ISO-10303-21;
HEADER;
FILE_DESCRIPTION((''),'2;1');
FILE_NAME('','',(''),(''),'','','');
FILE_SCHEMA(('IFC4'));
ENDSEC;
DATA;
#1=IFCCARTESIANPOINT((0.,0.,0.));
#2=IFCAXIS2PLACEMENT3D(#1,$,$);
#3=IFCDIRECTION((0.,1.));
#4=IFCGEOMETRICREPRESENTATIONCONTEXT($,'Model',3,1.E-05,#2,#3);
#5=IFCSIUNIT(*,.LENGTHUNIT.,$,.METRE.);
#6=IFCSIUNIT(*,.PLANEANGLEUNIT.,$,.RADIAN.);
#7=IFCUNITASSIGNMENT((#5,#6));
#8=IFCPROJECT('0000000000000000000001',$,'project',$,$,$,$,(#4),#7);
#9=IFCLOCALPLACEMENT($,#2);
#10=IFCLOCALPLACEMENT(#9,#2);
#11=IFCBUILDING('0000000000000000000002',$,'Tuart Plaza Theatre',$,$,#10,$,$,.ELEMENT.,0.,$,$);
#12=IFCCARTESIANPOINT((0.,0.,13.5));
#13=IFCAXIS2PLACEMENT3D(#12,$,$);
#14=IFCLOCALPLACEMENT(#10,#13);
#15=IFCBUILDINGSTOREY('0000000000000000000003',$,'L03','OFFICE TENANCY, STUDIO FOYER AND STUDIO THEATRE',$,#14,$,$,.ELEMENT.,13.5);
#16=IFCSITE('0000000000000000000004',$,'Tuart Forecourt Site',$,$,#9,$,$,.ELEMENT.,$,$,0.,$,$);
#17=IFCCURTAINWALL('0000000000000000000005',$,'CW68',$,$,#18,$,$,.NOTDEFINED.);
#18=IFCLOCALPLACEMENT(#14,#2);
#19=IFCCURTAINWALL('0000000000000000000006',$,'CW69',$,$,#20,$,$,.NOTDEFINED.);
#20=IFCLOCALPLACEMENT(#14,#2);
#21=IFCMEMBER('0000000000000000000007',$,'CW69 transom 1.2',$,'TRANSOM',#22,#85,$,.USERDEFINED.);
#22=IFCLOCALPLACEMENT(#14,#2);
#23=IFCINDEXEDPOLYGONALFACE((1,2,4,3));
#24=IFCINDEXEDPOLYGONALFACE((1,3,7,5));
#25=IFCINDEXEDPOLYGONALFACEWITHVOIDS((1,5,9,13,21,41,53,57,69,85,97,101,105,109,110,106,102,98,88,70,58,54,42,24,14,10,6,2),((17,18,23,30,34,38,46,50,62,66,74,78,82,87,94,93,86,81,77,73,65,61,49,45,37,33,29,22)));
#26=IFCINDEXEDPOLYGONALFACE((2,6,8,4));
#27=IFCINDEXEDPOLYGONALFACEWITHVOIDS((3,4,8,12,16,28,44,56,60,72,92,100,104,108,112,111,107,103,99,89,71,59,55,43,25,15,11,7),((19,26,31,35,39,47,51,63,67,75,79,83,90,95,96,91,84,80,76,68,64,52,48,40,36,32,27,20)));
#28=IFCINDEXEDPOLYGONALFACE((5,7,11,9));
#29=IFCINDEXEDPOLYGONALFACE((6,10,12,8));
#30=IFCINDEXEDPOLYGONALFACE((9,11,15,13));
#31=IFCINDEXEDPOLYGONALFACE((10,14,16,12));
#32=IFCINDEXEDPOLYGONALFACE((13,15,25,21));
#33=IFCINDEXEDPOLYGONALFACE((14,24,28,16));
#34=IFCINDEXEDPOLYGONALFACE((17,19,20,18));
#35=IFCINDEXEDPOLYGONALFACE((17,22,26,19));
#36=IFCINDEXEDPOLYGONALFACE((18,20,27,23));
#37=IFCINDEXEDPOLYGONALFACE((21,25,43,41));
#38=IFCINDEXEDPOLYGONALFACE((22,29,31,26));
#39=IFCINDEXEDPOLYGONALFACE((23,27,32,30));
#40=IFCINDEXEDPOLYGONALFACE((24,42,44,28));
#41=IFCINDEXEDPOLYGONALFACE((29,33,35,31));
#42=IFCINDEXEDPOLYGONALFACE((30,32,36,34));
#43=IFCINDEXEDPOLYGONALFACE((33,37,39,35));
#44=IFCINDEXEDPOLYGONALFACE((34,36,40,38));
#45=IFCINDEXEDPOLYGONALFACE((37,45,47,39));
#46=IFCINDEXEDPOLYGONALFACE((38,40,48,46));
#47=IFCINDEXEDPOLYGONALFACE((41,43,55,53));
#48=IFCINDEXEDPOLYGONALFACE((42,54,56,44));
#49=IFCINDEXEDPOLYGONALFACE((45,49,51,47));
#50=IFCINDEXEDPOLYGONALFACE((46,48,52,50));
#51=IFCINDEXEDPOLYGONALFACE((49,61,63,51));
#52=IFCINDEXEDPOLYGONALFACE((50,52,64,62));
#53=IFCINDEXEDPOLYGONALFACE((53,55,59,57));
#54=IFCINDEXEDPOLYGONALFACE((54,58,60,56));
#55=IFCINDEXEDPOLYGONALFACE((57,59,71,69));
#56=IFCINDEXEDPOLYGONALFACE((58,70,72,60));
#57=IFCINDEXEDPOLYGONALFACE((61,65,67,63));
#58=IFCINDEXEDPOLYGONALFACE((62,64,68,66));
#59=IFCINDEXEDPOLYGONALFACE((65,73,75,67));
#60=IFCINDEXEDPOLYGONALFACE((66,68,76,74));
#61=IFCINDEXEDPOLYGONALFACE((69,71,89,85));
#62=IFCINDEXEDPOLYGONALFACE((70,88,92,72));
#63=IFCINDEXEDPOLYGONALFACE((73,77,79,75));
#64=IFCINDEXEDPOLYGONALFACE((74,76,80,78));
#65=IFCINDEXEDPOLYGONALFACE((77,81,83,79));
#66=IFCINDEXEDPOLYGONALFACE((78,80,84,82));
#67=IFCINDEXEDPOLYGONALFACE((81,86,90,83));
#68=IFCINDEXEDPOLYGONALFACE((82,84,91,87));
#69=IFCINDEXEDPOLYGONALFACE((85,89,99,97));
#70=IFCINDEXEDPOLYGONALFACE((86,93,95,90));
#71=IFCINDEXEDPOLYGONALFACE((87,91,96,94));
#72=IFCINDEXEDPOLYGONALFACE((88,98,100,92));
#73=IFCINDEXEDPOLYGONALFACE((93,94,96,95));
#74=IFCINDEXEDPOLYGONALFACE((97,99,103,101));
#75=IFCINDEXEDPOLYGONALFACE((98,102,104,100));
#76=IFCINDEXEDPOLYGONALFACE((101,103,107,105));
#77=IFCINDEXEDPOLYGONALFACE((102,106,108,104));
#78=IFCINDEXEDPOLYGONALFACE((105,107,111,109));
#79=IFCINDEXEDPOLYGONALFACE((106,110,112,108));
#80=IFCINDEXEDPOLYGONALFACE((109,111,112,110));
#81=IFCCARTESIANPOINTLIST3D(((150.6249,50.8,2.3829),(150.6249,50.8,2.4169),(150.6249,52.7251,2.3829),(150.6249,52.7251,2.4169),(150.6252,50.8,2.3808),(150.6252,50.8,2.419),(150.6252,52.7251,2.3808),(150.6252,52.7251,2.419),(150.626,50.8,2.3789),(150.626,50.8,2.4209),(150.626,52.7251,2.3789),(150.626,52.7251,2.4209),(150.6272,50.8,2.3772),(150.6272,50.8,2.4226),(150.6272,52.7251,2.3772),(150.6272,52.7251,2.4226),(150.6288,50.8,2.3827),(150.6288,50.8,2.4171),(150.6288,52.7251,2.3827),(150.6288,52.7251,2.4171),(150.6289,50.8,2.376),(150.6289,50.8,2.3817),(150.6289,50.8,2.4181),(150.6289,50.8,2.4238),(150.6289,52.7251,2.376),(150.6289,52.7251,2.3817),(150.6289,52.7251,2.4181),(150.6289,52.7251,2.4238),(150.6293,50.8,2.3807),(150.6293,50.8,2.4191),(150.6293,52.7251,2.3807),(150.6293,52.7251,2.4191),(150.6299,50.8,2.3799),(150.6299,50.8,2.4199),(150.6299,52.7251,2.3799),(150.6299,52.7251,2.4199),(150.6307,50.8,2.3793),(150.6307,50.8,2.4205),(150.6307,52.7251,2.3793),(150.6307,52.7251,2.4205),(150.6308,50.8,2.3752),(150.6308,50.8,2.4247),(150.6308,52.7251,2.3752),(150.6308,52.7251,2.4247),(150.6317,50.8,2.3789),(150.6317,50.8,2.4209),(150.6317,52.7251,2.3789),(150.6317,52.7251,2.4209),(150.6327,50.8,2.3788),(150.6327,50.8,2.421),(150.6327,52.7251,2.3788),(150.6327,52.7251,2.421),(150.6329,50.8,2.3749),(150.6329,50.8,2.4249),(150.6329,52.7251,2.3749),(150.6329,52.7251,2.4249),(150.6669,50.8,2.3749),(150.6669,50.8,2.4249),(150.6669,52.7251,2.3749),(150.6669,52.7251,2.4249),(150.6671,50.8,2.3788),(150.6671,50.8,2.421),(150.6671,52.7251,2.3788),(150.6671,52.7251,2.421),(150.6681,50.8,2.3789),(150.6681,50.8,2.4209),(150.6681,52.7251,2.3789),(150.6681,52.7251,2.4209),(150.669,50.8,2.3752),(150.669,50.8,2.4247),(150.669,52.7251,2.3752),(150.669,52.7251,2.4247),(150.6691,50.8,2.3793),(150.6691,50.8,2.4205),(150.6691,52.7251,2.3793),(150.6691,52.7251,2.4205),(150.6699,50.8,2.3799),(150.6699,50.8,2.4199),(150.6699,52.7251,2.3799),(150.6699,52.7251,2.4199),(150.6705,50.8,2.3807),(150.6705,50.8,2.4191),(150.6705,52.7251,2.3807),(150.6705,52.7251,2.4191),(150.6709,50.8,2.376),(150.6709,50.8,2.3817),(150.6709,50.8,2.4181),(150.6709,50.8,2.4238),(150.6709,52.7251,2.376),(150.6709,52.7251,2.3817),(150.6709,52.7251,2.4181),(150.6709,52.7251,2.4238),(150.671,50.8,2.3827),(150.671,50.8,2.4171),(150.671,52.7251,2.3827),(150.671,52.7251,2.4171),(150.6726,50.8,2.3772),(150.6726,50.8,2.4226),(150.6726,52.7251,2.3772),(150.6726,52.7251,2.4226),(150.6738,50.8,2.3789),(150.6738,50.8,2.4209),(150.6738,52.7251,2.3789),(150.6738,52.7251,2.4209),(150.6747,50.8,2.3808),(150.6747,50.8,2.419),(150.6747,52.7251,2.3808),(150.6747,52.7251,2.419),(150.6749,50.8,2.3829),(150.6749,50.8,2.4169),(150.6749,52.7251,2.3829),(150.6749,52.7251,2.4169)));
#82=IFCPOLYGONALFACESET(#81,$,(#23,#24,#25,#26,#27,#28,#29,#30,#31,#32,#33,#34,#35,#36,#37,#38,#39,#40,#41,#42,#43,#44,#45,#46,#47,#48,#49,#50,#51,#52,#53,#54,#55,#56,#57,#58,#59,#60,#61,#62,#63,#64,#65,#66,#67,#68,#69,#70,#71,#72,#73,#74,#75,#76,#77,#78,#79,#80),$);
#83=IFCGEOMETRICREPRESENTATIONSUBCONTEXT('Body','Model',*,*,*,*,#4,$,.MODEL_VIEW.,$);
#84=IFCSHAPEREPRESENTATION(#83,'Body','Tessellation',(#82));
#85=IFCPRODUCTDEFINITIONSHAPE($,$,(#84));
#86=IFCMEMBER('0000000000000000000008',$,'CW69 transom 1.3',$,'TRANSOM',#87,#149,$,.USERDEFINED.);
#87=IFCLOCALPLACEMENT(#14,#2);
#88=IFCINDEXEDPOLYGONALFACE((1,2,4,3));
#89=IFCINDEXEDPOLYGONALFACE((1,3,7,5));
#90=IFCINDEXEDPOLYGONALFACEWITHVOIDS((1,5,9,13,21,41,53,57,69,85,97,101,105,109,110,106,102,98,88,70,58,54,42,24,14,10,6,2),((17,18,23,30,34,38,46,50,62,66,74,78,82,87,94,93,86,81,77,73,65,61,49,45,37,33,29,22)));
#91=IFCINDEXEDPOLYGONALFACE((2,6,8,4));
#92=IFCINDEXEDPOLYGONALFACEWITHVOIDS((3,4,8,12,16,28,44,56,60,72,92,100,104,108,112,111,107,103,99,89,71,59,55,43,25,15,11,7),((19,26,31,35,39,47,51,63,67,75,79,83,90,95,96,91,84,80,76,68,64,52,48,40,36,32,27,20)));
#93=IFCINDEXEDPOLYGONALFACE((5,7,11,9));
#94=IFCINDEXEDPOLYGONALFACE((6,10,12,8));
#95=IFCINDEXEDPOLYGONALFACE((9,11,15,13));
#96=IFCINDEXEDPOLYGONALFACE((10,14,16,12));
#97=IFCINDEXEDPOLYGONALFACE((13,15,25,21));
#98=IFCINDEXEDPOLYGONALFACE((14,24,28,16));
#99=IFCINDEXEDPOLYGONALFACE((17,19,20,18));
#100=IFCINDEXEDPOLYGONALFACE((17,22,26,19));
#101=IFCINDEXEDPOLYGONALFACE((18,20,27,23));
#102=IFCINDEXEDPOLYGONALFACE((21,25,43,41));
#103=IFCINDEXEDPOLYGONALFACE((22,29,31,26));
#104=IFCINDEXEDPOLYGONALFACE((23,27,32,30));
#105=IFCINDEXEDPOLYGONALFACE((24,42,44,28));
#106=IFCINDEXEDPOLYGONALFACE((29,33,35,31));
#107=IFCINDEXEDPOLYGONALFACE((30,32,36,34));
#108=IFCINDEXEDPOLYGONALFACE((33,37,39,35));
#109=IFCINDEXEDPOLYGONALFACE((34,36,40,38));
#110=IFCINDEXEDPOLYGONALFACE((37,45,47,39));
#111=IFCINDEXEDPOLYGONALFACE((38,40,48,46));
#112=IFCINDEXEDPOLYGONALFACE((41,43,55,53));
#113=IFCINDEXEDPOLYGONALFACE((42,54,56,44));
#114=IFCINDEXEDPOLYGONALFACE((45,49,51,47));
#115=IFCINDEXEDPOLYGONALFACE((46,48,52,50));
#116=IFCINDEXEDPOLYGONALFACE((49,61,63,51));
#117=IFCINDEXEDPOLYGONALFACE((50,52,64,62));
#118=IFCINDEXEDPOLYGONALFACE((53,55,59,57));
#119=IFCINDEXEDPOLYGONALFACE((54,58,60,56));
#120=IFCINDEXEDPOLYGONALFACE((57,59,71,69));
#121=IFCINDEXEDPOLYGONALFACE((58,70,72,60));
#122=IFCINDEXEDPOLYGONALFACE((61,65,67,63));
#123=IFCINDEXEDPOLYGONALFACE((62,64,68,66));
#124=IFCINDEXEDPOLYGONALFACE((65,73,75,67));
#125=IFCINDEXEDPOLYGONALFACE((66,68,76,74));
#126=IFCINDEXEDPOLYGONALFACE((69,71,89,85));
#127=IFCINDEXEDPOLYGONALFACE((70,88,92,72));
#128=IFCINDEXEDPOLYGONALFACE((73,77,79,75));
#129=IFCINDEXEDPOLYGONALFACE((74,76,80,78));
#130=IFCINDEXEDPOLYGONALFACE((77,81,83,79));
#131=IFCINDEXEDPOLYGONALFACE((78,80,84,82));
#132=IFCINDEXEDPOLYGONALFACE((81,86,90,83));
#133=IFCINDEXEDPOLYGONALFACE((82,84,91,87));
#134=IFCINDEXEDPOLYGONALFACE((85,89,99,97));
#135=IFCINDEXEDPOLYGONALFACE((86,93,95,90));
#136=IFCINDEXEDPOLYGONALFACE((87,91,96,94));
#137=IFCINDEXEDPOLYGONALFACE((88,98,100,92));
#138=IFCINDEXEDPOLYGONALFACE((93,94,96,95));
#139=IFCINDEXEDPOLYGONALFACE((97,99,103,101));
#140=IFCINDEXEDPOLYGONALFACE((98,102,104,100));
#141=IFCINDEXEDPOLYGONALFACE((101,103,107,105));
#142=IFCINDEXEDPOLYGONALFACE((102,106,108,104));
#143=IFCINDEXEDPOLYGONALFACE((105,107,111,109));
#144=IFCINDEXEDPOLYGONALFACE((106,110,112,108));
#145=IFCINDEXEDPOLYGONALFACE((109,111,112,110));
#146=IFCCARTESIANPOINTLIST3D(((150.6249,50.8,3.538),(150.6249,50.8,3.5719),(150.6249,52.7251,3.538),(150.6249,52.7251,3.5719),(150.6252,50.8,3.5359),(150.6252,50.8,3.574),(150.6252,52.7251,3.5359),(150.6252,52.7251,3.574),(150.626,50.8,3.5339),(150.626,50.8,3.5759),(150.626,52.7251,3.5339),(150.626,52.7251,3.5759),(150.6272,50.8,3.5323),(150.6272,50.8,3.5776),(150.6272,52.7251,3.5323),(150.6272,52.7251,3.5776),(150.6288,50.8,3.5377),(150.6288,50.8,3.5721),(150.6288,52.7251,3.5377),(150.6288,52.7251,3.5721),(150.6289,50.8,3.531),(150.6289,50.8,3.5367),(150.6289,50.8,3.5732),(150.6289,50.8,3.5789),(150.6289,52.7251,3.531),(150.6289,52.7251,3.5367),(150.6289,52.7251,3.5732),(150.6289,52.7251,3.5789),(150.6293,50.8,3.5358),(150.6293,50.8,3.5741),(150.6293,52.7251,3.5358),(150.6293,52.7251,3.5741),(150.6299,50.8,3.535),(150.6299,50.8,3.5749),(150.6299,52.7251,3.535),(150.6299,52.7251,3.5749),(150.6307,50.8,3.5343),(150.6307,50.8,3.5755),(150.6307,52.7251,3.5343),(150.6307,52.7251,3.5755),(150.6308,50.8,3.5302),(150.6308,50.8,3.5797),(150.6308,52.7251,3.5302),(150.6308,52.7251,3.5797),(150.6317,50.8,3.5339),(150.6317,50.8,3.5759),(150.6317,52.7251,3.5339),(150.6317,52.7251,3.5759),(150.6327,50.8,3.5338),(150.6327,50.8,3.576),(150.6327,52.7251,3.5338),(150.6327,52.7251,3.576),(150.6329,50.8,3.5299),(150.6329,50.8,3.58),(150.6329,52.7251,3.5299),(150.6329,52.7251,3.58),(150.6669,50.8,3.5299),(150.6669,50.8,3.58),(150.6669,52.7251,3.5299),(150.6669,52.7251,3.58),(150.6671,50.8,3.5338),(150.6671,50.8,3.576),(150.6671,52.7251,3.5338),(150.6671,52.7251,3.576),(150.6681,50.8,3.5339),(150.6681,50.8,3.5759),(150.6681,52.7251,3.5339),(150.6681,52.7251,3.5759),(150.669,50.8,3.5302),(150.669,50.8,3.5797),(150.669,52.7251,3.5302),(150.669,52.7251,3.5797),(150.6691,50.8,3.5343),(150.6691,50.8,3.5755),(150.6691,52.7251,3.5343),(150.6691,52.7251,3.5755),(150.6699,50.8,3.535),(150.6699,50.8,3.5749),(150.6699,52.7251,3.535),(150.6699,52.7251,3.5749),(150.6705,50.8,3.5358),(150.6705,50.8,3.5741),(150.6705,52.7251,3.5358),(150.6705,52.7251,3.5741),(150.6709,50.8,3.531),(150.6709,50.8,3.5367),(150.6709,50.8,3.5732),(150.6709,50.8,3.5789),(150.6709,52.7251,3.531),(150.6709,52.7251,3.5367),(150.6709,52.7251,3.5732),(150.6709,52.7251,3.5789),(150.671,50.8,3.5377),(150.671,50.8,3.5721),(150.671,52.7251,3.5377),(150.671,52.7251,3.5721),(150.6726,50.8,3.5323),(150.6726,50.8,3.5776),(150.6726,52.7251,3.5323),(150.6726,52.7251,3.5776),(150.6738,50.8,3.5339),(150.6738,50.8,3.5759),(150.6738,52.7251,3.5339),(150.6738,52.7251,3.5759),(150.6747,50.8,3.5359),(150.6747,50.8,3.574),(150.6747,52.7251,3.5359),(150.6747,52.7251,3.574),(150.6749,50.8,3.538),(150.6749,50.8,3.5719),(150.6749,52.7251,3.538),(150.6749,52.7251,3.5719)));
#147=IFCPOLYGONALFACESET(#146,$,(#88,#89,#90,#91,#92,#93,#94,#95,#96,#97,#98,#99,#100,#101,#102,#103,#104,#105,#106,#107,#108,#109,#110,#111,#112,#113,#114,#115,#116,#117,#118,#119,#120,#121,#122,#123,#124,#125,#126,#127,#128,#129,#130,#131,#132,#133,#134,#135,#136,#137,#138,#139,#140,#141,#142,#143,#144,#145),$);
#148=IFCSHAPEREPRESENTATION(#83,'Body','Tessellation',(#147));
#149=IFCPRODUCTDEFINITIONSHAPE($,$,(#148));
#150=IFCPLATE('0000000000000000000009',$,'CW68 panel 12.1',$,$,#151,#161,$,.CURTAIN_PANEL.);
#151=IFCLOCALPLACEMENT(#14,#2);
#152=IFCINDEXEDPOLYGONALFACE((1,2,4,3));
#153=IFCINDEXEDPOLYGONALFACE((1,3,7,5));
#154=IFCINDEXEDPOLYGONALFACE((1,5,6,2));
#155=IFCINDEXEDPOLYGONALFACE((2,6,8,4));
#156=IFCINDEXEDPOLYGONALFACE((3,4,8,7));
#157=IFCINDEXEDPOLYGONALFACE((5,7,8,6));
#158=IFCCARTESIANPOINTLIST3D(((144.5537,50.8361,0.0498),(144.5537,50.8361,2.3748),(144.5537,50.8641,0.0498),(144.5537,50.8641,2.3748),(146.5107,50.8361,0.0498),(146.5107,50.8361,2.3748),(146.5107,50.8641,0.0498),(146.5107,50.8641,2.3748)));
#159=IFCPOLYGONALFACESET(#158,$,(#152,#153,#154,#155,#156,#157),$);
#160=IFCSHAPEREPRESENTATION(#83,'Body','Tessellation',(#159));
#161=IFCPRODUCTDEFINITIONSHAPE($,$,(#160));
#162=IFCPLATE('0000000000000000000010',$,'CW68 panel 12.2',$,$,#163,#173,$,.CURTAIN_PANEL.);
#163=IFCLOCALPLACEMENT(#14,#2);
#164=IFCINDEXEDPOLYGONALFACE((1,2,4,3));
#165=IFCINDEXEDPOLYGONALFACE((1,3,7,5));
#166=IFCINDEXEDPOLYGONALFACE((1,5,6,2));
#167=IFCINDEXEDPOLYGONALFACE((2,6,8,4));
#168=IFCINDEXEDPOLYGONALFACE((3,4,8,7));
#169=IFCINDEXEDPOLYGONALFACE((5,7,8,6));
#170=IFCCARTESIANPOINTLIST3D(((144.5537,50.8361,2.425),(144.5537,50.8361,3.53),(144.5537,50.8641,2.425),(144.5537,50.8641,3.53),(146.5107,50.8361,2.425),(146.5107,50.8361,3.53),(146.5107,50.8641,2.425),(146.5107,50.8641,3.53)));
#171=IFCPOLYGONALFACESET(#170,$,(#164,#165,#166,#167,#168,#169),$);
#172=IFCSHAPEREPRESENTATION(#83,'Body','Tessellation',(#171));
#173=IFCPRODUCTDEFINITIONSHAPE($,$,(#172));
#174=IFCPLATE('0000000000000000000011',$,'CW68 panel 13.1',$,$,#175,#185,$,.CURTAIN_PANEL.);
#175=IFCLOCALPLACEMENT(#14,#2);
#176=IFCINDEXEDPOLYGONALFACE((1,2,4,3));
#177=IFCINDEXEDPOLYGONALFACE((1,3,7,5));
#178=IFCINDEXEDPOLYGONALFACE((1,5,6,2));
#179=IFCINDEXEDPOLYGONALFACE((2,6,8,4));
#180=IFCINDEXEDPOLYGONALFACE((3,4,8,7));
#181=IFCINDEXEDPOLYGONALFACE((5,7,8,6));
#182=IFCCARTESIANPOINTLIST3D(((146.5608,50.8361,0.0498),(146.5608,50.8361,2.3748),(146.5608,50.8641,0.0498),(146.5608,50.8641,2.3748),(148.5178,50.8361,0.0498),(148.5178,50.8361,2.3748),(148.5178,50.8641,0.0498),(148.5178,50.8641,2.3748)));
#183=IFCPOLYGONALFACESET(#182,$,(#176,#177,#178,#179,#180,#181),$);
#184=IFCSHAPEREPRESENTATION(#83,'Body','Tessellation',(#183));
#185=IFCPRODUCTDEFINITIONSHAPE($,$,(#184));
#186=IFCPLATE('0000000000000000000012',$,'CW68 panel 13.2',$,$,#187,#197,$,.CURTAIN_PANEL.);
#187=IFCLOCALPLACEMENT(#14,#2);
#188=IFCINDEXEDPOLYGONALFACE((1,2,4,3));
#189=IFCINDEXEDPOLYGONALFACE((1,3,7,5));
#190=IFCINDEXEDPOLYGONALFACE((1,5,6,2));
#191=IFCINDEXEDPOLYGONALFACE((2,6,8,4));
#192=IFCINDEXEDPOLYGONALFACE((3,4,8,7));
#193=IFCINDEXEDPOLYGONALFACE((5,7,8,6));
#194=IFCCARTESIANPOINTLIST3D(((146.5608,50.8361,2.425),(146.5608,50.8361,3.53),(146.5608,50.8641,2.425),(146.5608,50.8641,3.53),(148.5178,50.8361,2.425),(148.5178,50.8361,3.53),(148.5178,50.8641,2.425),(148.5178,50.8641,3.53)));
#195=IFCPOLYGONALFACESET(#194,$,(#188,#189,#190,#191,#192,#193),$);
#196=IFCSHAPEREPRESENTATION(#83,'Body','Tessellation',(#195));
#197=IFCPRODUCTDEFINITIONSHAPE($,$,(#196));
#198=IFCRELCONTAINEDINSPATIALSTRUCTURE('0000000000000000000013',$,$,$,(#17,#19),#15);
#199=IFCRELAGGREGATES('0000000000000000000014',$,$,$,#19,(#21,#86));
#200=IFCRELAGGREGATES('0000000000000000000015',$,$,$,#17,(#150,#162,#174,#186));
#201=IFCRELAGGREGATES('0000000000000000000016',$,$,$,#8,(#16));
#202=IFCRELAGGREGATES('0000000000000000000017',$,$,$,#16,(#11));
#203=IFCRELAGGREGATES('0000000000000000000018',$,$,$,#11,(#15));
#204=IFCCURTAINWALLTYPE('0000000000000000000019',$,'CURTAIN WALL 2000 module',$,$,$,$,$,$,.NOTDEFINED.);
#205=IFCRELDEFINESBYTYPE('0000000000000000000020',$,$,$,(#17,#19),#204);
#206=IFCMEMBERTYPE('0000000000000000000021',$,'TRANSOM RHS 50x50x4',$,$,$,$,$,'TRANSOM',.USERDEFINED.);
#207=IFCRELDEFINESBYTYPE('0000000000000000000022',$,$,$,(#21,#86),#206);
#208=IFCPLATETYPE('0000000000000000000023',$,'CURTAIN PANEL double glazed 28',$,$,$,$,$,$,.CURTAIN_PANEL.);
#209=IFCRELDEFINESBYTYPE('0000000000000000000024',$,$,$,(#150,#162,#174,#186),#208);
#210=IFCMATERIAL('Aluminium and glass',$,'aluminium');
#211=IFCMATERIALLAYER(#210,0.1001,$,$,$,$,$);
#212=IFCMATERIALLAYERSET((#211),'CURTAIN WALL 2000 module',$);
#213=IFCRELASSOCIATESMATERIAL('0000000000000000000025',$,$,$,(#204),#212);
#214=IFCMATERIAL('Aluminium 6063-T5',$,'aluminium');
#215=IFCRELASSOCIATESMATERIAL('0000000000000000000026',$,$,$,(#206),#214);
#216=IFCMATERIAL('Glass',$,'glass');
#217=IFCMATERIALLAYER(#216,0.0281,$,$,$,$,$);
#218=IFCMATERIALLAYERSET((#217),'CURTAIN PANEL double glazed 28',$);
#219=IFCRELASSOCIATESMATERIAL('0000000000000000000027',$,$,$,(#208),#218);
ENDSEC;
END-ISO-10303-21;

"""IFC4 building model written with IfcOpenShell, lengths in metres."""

from ifc_helpers import new_model, si_unit, direction, frame, origin, origin_2d, place, context, subcontext, project, spatial, rectangle, hollow_rectangle, extrude, material, layer, layer_set, material_profile, profile_set, type_object, element, aggregate, save


model = new_model("IFC4")

# Units and contexts
model_context = context("Model", 3, precision=1e-05, world=origin(), true_north=direction((0.0, 1.0)))
body_context = subcontext(model_context, "Body", "Model", "MODEL_VIEW")
ifc_project = project(units=[si_unit("LENGTHUNIT", "METRE"), si_unit("PLANEANGLEUNIT", "RADIAN")], contexts=[model_context])

# Site, building, storey
site_placement = place(None, origin())
site = spatial("IfcSite", under=ifc_project, at=site_placement, Name="Tuart Forecourt Site", CompositionType="ELEMENT", RefElevation=0.0)
building_placement = place(site_placement, origin())
building = spatial("IfcBuilding", under=site, at=building_placement, Name="Tuart Plaza Theatre", CompositionType="ELEMENT", ElevationOfRefHeight=0.0)
storey_placement = place(building_placement, frame((0.0, 0.0, 13.5)))
storey = spatial("IfcBuildingStorey", under=building, at=storey_placement, Name="L03", Description="OFFICE TENANCY, STUDIO FOYER AND STUDIO THEATRE", CompositionType="ELEMENT", Elevation=13.5)

# Curtain wall
ifc_material_1 = material(Name="Aluminium and glass", Category="aluminium")
ifc_layer_1 = layer(ifc_material_1, 0.1001)
ifc_layer_set_1 = layer_set([ifc_layer_1], Name="CURTAIN WALL 2000 module")
curtain_wall_type = type_object("IfcCurtainWallType", Name="CURTAIN WALL 2000 module", PredefinedType="NOTDEFINED", material=ifc_layer_set_1)
curtain_wall_1_placement = place(storey_placement, origin())
curtain_wall_1 = element("IfcCurtainWall", 1, at=curtain_wall_1_placement, inside=storey, type_object=curtain_wall_type, Name="CW68", PredefinedType="NOTDEFINED")

# Curtain wall
curtain_wall_2_placement = place(storey_placement, origin())
curtain_wall_2 = element("IfcCurtainWall", 2, at=curtain_wall_2_placement, inside=storey, type_object=curtain_wall_type, Name="CW69", PredefinedType="NOTDEFINED")

# Members
ifc_material_2 = material(Name="Aluminium 6063-T5", Category="aluminium")
ifc_material_profile_1 = material_profile(ifc_material_2, hollow_rectangle(XDim=0.05, YDim=0.05, WallThickness=0.0039, InnerFilletRadius=0.0039, OuterFilletRadius=0.0081, at=origin_2d()), Name="RHS 50x50x4")
ifc_profile_set_1 = profile_set([ifc_material_profile_1], Name="Aluminium 6063-T5")
member_type_1 = type_object("IfcMemberType", Name="TRANSOM RHS 50x50x4", ElementType="TRANSOM", PredefinedType="USERDEFINED", material=ifc_profile_set_1)
member_1_placement = place(storey_placement, frame((150.6499, 50.8, 2.3999), z_axis=(0.0, 1.0, 0.0), x_axis=(-1.0, 0.0, 0.0)))
member_1 = element("IfcMember", 3, at=member_1_placement, type_object=member_type_1, Name="CW69 transom 1.2", ObjectType="TRANSOM", PredefinedType="USERDEFINED", context=body_context, shape_type="SweptSolid", body=[
    extrude(hollow_rectangle(XDim=0.05, YDim=0.05, WallThickness=0.0039, InnerFilletRadius=0.0039, OuterFilletRadius=0.0081, at=origin_2d()), origin(), (0.0, 0.0, 1.0), 1.925),
])
member_2_placement = place(storey_placement, frame((150.6499, 50.8, 3.5549), z_axis=(0.0, 1.0, 0.0), x_axis=(-1.0, 0.0, 0.0)))
member_2 = element("IfcMember", 4, at=member_2_placement, type_object=member_type_1, Name="CW69 transom 1.3", ObjectType="TRANSOM", PredefinedType="USERDEFINED", context=body_context, shape_type="SweptSolid", body=[
    extrude(hollow_rectangle(XDim=0.05, YDim=0.05, WallThickness=0.0039, InnerFilletRadius=0.0039, OuterFilletRadius=0.0081, at=origin_2d()), origin(), (0.0, 0.0, 1.0), 1.925),
])
aggregate(curtain_wall_2, [member_1, member_2])

# Plates
ifc_material_3 = material(Name="Glass", Category="glass")
ifc_layer_2 = layer(ifc_material_3, 0.0281)
ifc_layer_set_2 = layer_set([ifc_layer_2], Name="CURTAIN PANEL double glazed 28")
plate_type = type_object("IfcPlateType", Name="CURTAIN PANEL double glazed 28", PredefinedType="CURTAIN_PANEL", material=ifc_layer_set_2)
plate_1_placement = place(storey_placement, frame((145.5322, 50.8501, 0.0498), z_axis=(0.0, 0.0, 1.0), x_axis=(1.0, 0.0, 0.0)))
plate_1 = element("IfcPlate", 5, at=plate_1_placement, type_object=plate_type, Name="CW68 panel 12.1", PredefinedType="CURTAIN_PANEL", context=body_context, shape_type="SweptSolid", body=[
    extrude(rectangle(XDim=1.957, YDim=0.0281, at=origin_2d()), origin(), (0.0, 0.0, 1.0), 2.325),
])
plate_2_placement = place(storey_placement, frame((145.5322, 50.8501, 2.425), z_axis=(0.0, 0.0, 1.0), x_axis=(1.0, 0.0, 0.0)))
plate_2 = element("IfcPlate", 6, at=plate_2_placement, type_object=plate_type, Name="CW68 panel 12.2", PredefinedType="CURTAIN_PANEL", context=body_context, shape_type="SweptSolid", body=[
    extrude(rectangle(XDim=1.957, YDim=0.0281, at=origin_2d()), origin(), (0.0, 0.0, 1.0), 1.105),
])
plate_3_placement = place(storey_placement, frame((147.5393, 50.8501, 0.0498), z_axis=(0.0, 0.0, 1.0), x_axis=(1.0, 0.0, 0.0)))
plate_3 = element("IfcPlate", 7, at=plate_3_placement, type_object=plate_type, Name="CW68 panel 13.1", PredefinedType="CURTAIN_PANEL", context=body_context, shape_type="SweptSolid", body=[
    extrude(rectangle(XDim=1.957, YDim=0.0281, at=origin_2d()), origin(), (0.0, 0.0, 1.0), 2.325),
])
plate_4_placement = place(storey_placement, frame((147.5393, 50.8501, 2.425), z_axis=(0.0, 0.0, 1.0), x_axis=(1.0, 0.0, 0.0)))
plate_4 = element("IfcPlate", 8, at=plate_4_placement, type_object=plate_type, Name="CW68 panel 13.2", PredefinedType="CURTAIN_PANEL", context=body_context, shape_type="SweptSolid", body=[
    extrude(rectangle(XDim=1.957, YDim=0.0281, at=origin_2d()), origin(), (0.0, 0.0, 1.0), 1.105),
])
aggregate(curtain_wall_1, [plate_1, plate_2, plate_3, plate_4])

save(model, "model.ifc")
